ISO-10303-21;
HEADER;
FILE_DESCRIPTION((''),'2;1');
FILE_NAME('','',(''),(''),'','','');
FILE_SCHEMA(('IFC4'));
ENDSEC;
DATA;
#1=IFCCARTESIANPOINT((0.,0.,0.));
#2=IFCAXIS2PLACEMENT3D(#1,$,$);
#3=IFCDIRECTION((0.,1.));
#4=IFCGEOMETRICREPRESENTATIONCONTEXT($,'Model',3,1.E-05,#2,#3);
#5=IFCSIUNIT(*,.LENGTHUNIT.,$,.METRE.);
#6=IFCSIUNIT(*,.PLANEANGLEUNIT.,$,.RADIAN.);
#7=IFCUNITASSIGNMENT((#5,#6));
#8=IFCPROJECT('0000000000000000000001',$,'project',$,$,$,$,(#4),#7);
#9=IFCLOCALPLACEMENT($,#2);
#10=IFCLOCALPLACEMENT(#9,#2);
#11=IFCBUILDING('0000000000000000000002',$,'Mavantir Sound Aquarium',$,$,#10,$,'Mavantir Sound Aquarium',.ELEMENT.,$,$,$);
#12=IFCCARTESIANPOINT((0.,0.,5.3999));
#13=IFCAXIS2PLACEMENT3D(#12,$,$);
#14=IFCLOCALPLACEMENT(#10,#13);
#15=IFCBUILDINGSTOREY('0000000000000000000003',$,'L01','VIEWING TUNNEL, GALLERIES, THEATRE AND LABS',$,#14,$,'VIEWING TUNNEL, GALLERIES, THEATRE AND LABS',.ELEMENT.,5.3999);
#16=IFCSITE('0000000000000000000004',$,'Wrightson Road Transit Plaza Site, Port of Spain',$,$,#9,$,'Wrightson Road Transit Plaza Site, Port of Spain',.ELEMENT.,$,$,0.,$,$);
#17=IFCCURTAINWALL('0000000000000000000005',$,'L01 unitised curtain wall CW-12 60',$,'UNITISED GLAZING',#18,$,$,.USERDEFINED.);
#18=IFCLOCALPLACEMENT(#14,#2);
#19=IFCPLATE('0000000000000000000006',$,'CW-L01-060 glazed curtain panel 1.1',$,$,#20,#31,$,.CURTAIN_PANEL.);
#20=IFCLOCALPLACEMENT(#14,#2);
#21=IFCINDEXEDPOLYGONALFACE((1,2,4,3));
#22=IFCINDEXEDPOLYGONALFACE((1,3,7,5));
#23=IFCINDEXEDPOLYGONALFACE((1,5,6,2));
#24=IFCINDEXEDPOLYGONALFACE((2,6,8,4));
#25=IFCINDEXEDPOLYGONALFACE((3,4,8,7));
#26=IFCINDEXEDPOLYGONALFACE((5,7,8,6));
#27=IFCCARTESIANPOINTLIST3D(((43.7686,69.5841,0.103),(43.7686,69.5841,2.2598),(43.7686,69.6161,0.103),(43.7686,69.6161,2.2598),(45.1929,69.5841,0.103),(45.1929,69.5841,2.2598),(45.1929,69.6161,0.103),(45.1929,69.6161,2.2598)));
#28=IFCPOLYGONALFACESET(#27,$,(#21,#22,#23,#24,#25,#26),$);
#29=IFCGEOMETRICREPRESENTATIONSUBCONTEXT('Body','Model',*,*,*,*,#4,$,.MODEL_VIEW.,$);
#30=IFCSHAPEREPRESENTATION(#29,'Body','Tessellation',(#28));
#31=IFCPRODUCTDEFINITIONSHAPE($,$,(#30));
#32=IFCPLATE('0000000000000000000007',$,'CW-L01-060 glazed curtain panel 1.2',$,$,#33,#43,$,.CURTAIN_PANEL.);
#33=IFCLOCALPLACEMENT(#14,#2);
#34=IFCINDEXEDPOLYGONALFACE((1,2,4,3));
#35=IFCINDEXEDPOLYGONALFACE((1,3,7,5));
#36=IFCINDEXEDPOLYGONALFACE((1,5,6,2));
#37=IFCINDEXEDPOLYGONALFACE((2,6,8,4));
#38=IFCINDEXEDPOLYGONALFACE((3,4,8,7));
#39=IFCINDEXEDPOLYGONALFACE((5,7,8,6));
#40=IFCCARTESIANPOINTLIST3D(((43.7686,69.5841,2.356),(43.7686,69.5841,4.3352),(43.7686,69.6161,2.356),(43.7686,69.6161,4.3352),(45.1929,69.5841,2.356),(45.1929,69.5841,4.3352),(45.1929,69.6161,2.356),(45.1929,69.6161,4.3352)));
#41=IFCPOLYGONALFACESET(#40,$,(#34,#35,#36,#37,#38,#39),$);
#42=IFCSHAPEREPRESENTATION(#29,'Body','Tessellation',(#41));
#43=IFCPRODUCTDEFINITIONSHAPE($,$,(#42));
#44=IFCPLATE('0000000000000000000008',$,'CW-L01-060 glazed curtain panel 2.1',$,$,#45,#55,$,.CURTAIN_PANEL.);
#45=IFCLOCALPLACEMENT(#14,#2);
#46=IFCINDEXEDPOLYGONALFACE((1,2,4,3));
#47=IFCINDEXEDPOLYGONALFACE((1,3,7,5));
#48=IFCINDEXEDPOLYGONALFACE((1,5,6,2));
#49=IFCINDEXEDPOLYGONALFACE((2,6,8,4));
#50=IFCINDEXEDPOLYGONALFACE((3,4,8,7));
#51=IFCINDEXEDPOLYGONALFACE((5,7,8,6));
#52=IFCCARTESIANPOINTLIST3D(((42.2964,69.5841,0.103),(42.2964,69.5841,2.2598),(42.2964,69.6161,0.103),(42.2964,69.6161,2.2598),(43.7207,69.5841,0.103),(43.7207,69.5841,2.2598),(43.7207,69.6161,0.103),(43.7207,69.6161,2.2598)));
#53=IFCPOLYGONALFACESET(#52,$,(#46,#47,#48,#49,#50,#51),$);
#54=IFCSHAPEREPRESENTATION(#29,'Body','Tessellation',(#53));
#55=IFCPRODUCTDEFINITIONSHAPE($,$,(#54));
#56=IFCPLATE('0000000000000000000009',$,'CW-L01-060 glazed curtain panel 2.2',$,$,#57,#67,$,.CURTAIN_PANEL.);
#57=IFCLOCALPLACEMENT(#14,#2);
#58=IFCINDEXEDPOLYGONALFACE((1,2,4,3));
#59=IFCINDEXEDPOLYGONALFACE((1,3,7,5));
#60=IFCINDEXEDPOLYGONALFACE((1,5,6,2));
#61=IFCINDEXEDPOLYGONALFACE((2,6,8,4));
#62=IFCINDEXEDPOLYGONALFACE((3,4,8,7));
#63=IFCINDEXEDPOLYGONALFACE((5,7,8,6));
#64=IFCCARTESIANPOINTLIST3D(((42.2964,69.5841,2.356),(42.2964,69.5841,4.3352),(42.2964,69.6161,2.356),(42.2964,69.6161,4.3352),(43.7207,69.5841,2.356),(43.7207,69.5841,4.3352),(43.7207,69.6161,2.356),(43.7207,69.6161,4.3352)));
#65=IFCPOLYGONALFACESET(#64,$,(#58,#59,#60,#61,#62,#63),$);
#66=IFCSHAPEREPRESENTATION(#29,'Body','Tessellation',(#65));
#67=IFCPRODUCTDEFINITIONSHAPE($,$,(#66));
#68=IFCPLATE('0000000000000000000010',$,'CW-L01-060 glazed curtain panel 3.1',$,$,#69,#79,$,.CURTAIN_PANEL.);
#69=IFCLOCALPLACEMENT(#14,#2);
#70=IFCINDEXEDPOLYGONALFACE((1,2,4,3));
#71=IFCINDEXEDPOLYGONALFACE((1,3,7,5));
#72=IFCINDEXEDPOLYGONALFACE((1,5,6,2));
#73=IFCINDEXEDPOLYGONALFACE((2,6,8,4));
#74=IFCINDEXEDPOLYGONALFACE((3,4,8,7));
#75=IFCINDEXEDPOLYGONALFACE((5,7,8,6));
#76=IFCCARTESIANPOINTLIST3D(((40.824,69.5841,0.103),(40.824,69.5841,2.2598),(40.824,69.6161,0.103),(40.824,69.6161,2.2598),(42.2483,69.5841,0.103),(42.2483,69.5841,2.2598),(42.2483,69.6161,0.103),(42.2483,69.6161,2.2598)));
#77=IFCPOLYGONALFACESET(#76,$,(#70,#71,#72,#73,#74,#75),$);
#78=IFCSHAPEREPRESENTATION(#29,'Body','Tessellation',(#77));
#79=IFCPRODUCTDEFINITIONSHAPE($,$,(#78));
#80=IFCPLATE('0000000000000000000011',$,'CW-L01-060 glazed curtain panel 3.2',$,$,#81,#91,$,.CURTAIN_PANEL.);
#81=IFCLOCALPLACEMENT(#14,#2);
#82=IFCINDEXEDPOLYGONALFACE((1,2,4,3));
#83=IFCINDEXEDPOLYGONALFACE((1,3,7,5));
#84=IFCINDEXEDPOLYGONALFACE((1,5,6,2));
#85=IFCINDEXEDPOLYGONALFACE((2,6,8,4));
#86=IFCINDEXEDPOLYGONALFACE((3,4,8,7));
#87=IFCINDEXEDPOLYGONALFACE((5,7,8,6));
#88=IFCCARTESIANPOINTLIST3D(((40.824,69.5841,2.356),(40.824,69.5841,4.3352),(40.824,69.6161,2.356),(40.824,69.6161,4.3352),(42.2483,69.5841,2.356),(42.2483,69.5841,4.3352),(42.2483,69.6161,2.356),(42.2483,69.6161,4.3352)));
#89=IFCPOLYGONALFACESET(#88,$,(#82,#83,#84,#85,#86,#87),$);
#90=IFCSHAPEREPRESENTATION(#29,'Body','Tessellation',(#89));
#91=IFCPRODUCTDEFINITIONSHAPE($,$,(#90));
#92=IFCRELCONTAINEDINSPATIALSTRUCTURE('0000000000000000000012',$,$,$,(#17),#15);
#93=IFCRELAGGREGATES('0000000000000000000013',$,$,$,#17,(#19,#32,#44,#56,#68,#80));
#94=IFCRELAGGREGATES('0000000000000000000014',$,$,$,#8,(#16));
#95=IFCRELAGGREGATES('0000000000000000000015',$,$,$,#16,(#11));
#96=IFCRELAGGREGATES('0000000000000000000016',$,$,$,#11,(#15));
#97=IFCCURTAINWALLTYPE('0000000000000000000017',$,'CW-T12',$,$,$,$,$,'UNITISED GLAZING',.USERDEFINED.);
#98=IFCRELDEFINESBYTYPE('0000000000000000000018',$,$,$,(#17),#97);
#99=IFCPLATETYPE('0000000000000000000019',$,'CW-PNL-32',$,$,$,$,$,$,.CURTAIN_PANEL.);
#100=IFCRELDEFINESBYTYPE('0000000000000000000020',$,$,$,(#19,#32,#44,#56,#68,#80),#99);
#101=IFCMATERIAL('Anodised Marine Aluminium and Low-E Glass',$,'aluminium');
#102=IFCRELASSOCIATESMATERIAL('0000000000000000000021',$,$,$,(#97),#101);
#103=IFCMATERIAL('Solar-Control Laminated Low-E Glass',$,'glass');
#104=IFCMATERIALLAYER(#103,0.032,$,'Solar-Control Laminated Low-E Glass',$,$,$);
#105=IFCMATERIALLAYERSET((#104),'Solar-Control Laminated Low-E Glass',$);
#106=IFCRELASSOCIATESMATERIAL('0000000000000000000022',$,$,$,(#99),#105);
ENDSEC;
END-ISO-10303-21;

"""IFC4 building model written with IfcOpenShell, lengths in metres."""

from ifc_helpers import new_model, si_unit, direction, frame, origin, origin_2d, place, context, subcontext, project, spatial, rectangle, extrude, material, layer, layer_set, type_object, element, aggregate, save


model = new_model("IFC4")

# Units and contexts
model_context = context("Model", 3, precision=1e-05, world=origin(), true_north=direction((0.0, 1.0)))
body_context = subcontext(model_context, "Body", "Model", "MODEL_VIEW")
ifc_project = project(units=[si_unit("LENGTHUNIT", "METRE"), si_unit("PLANEANGLEUNIT", "RADIAN")], contexts=[model_context])

# Site, building, storey
site_placement = place(None, origin())
site = spatial("IfcSite", under=ifc_project, at=site_placement, Name="Wrightson Road Transit Plaza Site, Port of Spain", LongName="Wrightson Road Transit Plaza Site, Port of Spain", CompositionType="ELEMENT", RefElevation=0.0)
building_placement = place(site_placement, origin())
building = spatial("IfcBuilding", under=site, at=building_placement, Name="Mavantir Sound Aquarium", LongName="Mavantir Sound Aquarium", CompositionType="ELEMENT")
storey_placement = place(building_placement, frame((0.0, 0.0, 5.3999)))
storey = spatial("IfcBuildingStorey", under=building, at=storey_placement, Name="L01", Description="VIEWING TUNNEL, GALLERIES, THEATRE AND LABS", LongName="VIEWING TUNNEL, GALLERIES, THEATRE AND LABS", CompositionType="ELEMENT", Elevation=5.3999)

# Shared definitions
ifc_material_1 = material(Name="Anodised Marine Aluminium and Low-E Glass", Category="aluminium")

# Curtain wall, plates
curtain_wall_type_1 = type_object("IfcCurtainWallType", Name="CW-T12", ElementType="UNITISED GLAZING", PredefinedType="USERDEFINED", material=ifc_material_1)
curtain_wall_1_placement = place(storey_placement, origin())
curtain_wall_1 = element("IfcCurtainWall", 1, at=curtain_wall_1_placement, inside=storey, type_object=curtain_wall_type_1, Name="L01 unitised curtain wall CW-12 60", ObjectType="UNITISED GLAZING", PredefinedType="USERDEFINED")
ifc_material_2 = material(Name="Solar-Control Laminated Low-E Glass", Category="glass")
ifc_layer = layer(ifc_material_2, 0.032, Name="Solar-Control Laminated Low-E Glass")
ifc_layer_set = layer_set([ifc_layer], Name="Solar-Control Laminated Low-E Glass")
plate_type = type_object("IfcPlateType", Name="CW-PNL-32", PredefinedType="CURTAIN_PANEL", material=ifc_layer_set)
plate_1_placement = place(storey_placement, frame((44.4807, 69.6001, 0.103), z_axis=(0.0, 0.0, 1.0), x_axis=(-1.0, 0.0, 0.0)))
plate_1 = element("IfcPlate", 2, at=plate_1_placement, type_object=plate_type, Name="CW-L01-060 glazed curtain panel 1.1", PredefinedType="CURTAIN_PANEL", context=body_context, shape_type="SweptSolid", body=[
    extrude(rectangle(XDim=1.4243, YDim=0.032, at=origin_2d()), origin(), (0.0, 0.0, 1.0), 2.1567),
])
plate_2_placement = place(storey_placement, frame((44.4807, 69.6001, 2.356), z_axis=(0.0, 0.0, 1.0), x_axis=(-1.0, 0.0, 0.0)))
plate_2 = element("IfcPlate", 3, at=plate_2_placement, type_object=plate_type, Name="CW-L01-060 glazed curtain panel 1.2", PredefinedType="CURTAIN_PANEL", context=body_context, shape_type="SweptSolid", body=[
    extrude(rectangle(XDim=1.4243, YDim=0.032, at=origin_2d()), origin(), (0.0, 0.0, 1.0), 1.9792),
])
plate_3_placement = place(storey_placement, frame((43.0085, 69.6001, 0.103), z_axis=(0.0, 0.0, 1.0), x_axis=(-1.0, 0.0, 0.0)))
plate_3 = element("IfcPlate", 4, at=plate_3_placement, type_object=plate_type, Name="CW-L01-060 glazed curtain panel 2.1", PredefinedType="CURTAIN_PANEL", context=body_context, shape_type="SweptSolid", body=[
    extrude(rectangle(XDim=1.4243, YDim=0.032, at=origin_2d()), origin(), (0.0, 0.0, 1.0), 2.1567),
])
plate_4_placement = place(storey_placement, frame((43.0085, 69.6001, 2.356), z_axis=(0.0, 0.0, 1.0), x_axis=(-1.0, 0.0, 0.0)))
plate_4 = element("IfcPlate", 5, at=plate_4_placement, type_object=plate_type, Name="CW-L01-060 glazed curtain panel 2.2", PredefinedType="CURTAIN_PANEL", context=body_context, shape_type="SweptSolid", body=[
    extrude(rectangle(XDim=1.4243, YDim=0.032, at=origin_2d()), origin(), (0.0, 0.0, 1.0), 1.9792),
])
plate_5_placement = place(storey_placement, frame((41.5361, 69.6001, 0.103), z_axis=(0.0, 0.0, 1.0), x_axis=(-1.0, 0.0, 0.0)))
plate_5 = element("IfcPlate", 6, at=plate_5_placement, type_object=plate_type, Name="CW-L01-060 glazed curtain panel 3.1", PredefinedType="CURTAIN_PANEL", context=body_context, shape_type="SweptSolid", body=[
    extrude(rectangle(XDim=1.4243, YDim=0.032, at=origin_2d()), origin(), (0.0, 0.0, 1.0), 2.1567),
])
plate_6_placement = place(storey_placement, frame((41.5361, 69.6001, 2.356), z_axis=(0.0, 0.0, 1.0), x_axis=(-1.0, 0.0, 0.0)))
plate_6 = element("IfcPlate", 7, at=plate_6_placement, type_object=plate_type, Name="CW-L01-060 glazed curtain panel 3.2", PredefinedType="CURTAIN_PANEL", context=body_context, shape_type="SweptSolid", body=[
    extrude(rectangle(XDim=1.4243, YDim=0.032, at=origin_2d()), origin(), (0.0, 0.0, 1.0), 1.9792),
])
aggregate(curtain_wall_1, [plate_1, plate_2, plate_3, plate_4, plate_5, plate_6])

save(model, "model.ifc")
